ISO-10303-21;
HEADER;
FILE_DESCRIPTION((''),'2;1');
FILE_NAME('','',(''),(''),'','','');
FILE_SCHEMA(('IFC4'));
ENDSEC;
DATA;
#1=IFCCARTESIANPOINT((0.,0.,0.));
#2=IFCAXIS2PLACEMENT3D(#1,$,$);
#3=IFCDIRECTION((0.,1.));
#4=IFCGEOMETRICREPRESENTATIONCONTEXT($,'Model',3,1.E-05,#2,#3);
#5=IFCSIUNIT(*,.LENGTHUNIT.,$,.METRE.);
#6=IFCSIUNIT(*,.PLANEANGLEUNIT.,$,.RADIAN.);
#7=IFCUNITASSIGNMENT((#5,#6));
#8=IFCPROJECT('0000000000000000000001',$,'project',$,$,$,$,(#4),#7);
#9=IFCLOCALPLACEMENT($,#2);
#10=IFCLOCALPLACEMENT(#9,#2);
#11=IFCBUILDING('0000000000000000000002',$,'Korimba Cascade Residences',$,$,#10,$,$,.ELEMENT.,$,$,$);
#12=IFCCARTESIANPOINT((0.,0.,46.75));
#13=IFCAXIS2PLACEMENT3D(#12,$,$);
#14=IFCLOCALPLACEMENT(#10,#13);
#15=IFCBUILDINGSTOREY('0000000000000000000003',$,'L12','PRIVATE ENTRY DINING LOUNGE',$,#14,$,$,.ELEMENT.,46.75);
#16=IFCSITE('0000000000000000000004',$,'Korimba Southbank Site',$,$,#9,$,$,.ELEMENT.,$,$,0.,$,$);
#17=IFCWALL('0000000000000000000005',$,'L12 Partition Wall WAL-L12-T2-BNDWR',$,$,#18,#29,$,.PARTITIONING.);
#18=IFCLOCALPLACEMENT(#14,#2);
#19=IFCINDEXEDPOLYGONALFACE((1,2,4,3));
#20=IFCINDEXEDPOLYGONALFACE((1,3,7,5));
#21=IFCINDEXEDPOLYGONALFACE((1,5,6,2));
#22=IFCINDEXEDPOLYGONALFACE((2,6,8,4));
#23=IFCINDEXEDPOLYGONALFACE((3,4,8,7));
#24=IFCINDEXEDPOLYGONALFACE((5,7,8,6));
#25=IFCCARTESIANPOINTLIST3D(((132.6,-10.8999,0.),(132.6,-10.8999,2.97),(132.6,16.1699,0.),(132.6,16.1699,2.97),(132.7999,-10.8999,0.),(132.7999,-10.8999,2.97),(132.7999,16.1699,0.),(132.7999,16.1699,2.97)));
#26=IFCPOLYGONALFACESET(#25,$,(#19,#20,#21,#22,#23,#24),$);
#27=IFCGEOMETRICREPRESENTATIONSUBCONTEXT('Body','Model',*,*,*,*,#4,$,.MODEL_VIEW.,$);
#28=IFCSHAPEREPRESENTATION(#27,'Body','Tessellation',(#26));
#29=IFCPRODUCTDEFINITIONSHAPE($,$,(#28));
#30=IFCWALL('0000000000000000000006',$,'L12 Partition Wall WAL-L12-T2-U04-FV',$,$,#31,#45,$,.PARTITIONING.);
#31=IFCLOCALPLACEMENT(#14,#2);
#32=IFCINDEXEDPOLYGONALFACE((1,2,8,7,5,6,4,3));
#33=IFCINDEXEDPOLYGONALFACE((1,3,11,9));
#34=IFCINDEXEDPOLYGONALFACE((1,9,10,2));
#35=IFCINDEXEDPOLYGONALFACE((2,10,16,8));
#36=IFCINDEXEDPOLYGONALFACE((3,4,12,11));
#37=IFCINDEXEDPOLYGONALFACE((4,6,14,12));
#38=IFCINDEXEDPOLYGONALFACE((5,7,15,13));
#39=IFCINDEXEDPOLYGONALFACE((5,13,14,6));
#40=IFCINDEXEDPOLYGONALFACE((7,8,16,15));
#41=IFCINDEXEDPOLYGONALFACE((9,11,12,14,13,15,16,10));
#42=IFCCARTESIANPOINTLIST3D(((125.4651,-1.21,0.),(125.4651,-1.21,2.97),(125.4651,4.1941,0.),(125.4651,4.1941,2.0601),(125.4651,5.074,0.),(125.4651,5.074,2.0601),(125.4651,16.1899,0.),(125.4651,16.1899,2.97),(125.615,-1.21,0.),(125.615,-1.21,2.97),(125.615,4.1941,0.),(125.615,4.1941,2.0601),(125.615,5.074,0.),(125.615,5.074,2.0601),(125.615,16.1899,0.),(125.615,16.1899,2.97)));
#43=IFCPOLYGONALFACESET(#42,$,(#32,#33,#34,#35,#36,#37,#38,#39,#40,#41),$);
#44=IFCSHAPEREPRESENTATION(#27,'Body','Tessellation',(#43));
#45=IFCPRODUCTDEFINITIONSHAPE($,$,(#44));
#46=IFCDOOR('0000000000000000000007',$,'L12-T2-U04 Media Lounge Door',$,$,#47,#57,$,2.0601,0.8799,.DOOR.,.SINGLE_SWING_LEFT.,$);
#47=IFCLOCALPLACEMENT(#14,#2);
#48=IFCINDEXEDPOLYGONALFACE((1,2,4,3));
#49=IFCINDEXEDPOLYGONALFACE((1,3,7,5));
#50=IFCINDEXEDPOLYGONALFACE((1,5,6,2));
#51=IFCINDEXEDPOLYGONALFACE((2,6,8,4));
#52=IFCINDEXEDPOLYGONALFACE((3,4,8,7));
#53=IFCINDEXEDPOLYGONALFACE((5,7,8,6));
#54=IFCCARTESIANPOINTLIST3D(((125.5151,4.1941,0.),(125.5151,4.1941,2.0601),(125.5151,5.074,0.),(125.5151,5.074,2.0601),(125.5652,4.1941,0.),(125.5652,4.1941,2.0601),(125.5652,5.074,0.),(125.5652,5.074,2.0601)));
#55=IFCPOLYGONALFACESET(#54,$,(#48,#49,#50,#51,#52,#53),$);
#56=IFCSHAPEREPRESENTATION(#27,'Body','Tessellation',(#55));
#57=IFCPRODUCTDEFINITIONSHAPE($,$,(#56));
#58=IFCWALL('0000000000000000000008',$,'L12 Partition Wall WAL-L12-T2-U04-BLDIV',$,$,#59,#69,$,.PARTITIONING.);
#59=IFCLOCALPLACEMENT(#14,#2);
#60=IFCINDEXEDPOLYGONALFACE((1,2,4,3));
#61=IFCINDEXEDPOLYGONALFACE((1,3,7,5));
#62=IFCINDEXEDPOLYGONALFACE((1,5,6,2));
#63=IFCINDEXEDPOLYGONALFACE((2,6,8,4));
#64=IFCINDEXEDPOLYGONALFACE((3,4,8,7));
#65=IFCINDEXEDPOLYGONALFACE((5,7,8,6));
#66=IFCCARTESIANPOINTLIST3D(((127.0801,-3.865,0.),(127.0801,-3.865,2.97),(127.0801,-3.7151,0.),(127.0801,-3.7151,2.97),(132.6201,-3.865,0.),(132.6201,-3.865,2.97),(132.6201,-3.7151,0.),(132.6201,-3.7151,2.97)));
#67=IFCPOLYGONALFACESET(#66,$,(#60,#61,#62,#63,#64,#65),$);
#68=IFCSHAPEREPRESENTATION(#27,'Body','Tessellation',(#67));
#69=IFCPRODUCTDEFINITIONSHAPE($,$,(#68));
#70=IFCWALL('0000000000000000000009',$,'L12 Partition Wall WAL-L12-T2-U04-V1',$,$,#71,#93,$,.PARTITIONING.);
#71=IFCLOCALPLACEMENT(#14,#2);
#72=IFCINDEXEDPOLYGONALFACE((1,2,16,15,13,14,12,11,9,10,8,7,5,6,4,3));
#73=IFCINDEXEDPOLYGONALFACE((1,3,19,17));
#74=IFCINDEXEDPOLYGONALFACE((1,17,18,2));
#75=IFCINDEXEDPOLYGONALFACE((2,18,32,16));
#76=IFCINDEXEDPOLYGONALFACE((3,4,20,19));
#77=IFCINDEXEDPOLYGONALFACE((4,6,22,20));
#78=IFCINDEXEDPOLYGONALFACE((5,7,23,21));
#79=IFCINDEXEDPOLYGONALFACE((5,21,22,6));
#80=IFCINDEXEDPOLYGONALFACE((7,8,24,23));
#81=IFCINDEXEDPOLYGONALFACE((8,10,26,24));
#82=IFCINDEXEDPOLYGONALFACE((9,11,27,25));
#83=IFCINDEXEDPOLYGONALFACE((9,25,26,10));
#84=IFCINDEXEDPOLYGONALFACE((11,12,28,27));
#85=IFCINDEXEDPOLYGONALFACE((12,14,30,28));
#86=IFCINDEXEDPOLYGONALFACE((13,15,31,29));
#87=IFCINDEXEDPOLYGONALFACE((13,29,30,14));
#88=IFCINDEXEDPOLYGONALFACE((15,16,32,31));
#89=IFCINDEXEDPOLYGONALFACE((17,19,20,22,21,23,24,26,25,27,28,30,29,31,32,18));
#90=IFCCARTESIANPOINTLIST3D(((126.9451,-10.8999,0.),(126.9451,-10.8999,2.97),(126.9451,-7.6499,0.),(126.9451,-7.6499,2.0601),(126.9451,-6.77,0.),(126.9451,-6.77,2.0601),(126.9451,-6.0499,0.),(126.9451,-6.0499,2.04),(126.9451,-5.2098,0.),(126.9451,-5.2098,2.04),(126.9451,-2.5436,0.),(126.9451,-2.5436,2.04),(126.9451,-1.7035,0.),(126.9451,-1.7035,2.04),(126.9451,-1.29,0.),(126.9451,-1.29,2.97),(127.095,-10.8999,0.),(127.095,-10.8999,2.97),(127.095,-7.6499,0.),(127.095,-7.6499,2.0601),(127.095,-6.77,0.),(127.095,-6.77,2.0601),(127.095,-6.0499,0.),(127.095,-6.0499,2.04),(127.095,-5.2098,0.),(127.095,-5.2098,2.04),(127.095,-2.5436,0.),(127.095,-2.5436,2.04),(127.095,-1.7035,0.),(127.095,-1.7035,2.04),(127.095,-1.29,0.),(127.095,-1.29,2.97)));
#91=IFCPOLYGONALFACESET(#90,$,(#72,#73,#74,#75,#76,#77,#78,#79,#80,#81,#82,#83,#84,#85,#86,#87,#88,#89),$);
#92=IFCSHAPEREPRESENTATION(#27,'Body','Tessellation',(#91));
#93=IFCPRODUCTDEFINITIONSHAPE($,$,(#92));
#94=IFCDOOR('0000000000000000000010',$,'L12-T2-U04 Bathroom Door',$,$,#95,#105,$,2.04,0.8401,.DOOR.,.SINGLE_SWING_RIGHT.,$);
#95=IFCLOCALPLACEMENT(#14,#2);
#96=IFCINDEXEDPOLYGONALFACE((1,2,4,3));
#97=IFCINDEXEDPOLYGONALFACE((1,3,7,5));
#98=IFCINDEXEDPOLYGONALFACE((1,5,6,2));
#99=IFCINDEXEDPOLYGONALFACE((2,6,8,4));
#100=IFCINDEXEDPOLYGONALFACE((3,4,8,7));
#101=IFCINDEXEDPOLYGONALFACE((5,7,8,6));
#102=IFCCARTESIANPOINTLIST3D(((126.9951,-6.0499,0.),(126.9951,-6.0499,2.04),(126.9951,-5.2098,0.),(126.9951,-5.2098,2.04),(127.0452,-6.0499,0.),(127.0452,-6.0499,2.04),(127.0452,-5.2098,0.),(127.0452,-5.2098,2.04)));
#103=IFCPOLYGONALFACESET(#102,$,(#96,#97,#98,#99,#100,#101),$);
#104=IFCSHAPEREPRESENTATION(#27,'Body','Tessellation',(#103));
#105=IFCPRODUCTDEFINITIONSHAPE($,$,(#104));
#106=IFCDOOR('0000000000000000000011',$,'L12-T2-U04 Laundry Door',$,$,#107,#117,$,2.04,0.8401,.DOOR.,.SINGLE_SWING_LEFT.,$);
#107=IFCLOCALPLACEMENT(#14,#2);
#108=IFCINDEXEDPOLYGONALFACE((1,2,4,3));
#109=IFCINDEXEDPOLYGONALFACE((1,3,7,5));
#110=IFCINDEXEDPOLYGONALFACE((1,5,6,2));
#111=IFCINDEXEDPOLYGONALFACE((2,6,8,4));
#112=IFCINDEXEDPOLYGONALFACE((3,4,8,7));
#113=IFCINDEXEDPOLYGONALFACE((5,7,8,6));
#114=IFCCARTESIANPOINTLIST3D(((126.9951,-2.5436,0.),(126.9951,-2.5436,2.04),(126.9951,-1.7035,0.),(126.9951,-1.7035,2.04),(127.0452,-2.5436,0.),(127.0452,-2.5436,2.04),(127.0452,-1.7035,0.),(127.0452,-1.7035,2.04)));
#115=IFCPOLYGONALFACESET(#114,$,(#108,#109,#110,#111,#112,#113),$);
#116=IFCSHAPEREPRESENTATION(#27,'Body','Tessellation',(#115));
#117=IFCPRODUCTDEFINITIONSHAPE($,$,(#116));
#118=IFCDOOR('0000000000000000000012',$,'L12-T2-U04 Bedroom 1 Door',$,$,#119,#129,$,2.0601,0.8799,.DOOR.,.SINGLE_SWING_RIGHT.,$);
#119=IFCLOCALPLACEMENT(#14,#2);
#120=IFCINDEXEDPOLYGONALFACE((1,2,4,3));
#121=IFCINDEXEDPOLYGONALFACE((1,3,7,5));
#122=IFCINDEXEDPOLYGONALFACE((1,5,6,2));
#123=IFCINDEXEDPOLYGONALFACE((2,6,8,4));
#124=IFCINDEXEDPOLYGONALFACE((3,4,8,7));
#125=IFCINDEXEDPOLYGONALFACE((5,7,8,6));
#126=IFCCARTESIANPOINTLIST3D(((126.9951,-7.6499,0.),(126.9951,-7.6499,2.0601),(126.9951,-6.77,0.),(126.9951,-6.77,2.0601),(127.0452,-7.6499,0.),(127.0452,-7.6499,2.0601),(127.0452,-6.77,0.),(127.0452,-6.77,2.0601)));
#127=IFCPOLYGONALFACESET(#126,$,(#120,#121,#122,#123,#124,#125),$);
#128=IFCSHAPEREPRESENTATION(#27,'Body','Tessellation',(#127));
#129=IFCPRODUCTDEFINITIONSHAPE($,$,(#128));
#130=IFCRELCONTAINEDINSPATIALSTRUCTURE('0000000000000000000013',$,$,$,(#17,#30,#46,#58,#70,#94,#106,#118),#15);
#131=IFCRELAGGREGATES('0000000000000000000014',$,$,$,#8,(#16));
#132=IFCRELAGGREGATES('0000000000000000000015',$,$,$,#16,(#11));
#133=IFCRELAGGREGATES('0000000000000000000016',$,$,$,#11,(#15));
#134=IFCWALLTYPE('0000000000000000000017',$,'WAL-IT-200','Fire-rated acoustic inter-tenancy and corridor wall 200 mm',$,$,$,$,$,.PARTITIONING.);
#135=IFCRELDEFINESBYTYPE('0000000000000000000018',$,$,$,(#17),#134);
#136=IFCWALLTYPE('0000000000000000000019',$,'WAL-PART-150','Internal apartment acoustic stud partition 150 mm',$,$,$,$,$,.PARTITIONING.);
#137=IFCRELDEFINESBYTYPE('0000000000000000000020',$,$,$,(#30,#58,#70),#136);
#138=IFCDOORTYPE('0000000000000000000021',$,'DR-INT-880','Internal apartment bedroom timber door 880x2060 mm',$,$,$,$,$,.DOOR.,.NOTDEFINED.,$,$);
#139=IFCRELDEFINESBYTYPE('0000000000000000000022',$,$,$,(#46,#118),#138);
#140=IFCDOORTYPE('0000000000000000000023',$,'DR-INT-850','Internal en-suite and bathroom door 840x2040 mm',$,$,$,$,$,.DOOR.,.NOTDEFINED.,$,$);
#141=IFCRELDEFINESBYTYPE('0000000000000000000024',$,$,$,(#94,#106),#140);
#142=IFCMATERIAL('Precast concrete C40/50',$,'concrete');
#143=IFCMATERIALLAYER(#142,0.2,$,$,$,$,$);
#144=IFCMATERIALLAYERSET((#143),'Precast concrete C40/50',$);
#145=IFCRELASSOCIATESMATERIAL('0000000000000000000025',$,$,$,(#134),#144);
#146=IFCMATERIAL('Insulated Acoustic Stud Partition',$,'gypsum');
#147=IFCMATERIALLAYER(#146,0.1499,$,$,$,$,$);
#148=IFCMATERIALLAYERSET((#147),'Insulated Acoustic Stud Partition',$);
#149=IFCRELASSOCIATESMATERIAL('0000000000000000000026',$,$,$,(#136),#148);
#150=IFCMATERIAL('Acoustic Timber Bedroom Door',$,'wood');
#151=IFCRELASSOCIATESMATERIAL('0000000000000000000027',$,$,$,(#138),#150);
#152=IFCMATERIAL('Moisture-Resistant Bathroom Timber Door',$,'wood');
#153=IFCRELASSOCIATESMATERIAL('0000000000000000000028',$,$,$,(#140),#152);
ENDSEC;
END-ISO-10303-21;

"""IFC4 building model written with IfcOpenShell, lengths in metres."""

from ifc_helpers import new_model, si_unit, direction, frame, frame_2d, origin, place, context, subcontext, project, spatial, rectangle, extrude, material, layer, layer_set, type_object, element, fill, save


model = new_model("IFC4")

# Units and contexts
model_context = context("Model", 3, precision=1e-05, world=origin(), true_north=direction((0.0, 1.0)))
body_context = subcontext(model_context, "Body", "Model", "MODEL_VIEW")
ifc_project = project(units=[si_unit("LENGTHUNIT", "METRE"), si_unit("PLANEANGLEUNIT", "RADIAN")], contexts=[model_context])

# Site, building, storey
site_placement = place(None, origin())
site = spatial("IfcSite", under=ifc_project, at=site_placement, Name="Korimba Southbank Site", CompositionType="ELEMENT", RefElevation=0.0)
building_placement = place(site_placement, origin())
building = spatial("IfcBuilding", under=site, at=building_placement, Name="Korimba Cascade Residences", CompositionType="ELEMENT")
storey_placement = place(building_placement, frame((0.0, 0.0, 46.75)))
storey = spatial("IfcBuildingStorey", under=building, at=storey_placement, Name="L12", Description="PRIVATE ENTRY DINING LOUNGE", CompositionType="ELEMENT", Elevation=46.75)

# Shared definitions
ifc_material_1 = material(Name="Precast concrete C40/50", Category="concrete")

# Wall
ifc_layer_1 = layer(ifc_material_1, 0.2)
ifc_layer_set_1 = layer_set([ifc_layer_1], Name="Precast concrete C40/50")
wall_type_1 = type_object("IfcWallType", Name="WAL-IT-200", Description="Fire-rated acoustic inter-tenancy and corridor wall 200 mm", PredefinedType="PARTITIONING", material=ifc_layer_set_1)
wall_1_placement = place(storey_placement, frame((132.7, -10.8999, 0.0), z_axis=(0.0, 0.0, 1.0), x_axis=(0.0, 1.0, 0.0)))
element("IfcWall", 1, at=wall_1_placement, inside=storey, type_object=wall_type_1, Name="L12 Partition Wall WAL-L12-T2-BNDWR", PredefinedType="PARTITIONING", context=body_context, shape_type="SweptSolid", body=[
    extrude(rectangle(XDim=27.0698, YDim=0.2, at=frame_2d((13.5349, 0.0))), origin(), (0.0, 0.0, 1.0), 2.97),
])

# Wall, opening, door
ifc_material_2 = material(Name="Insulated Acoustic Stud Partition", Category="gypsum")
ifc_layer_2 = layer(ifc_material_2, 0.1499)
ifc_layer_set_2 = layer_set([ifc_layer_2], Name="Insulated Acoustic Stud Partition")
wall_type_2 = type_object("IfcWallType", Name="WAL-PART-150", Description="Internal apartment acoustic stud partition 150 mm", PredefinedType="PARTITIONING", material=ifc_layer_set_2)
wall_2_placement = place(storey_placement, frame((125.54, -1.21, 0.0), z_axis=(0.0, 0.0, 1.0), x_axis=(0.0, 1.0, 0.0)))
wall_2 = element("IfcWall", 2, at=wall_2_placement, inside=storey, type_object=wall_type_2, Name="L12 Partition Wall WAL-L12-T2-U04-FV", PredefinedType="PARTITIONING", context=body_context, shape_type="SweptSolid", body=[
    extrude(rectangle(XDim=17.3999, YDim=0.1499, at=frame_2d((8.7, 0.0))), origin(), (0.0, 0.0, 1.0), 2.97),
])
opening_1_placement = place(wall_2_placement, frame((5.4041, 0.0, 0.0)))
opening_1 = element("IfcOpeningElement", 3, at=opening_1_placement, cuts=wall_2, PredefinedType="OPENING", context=body_context, shape_type="SweptSolid", body=[
    extrude(rectangle(XDim=0.8799, YDim=2.0601, at=frame_2d((0.4399, 1.03))), frame((0.0, 0.085, 0.0), z_axis=(0.0, -1.0, 0.0), x_axis=(1.0, 0.0, 0.0)), (0.0, 0.0, 1.0), 0.1699),
])
ifc_material_3 = material(Name="Acoustic Timber Bedroom Door", Category="wood")
door_type_1 = type_object("IfcDoorType", Name="DR-INT-880", Description="Internal apartment bedroom timber door 880x2060 mm", OperationType="NOTDEFINED", PredefinedType="DOOR", material=ifc_material_3)
door_1_placement = place(opening_1_placement, origin())
door_1 = element("IfcDoor", 4, at=door_1_placement, inside=storey, type_object=door_type_1, Name="L12-T2-U04 Media Lounge Door", OperationType="SINGLE_SWING_LEFT", OverallHeight=2.0601, OverallWidth=0.8799, PredefinedType="DOOR", context=body_context, shape_type="SweptSolid", body=[
    extrude(rectangle(XDim=0.8799, YDim=2.0601, at=frame_2d((0.4399, 1.03))), frame((0.0, 0.0249, 0.0), z_axis=(0.0, -1.0, 0.0), x_axis=(1.0, 0.0, 0.0)), (0.0, 0.0, 1.0), 0.05),
])
fill(opening_1, door_1)

# Wall
wall_3_placement = place(storey_placement, frame((127.0801, -3.79, 0.0), z_axis=(0.0, 0.0, 1.0), x_axis=(1.0, 0.0, 0.0)))
element("IfcWall", 5, at=wall_3_placement, inside=storey, type_object=wall_type_2, Name="L12 Partition Wall WAL-L12-T2-U04-BLDIV", PredefinedType="PARTITIONING", context=body_context, shape_type="SweptSolid", body=[
    extrude(rectangle(XDim=5.54, YDim=0.1499, at=frame_2d((2.77, 0.0))), origin(), (0.0, 0.0, 1.0), 2.97),
])

# Wall, openings, doors
wall_4_placement = place(storey_placement, frame((127.02, -10.8999, 0.0), z_axis=(0.0, 0.0, 1.0), x_axis=(0.0, 1.0, 0.0)))
wall_4 = element("IfcWall", 6, at=wall_4_placement, inside=storey, type_object=wall_type_2, Name="L12 Partition Wall WAL-L12-T2-U04-V1", PredefinedType="PARTITIONING", context=body_context, shape_type="SweptSolid", body=[
    extrude(rectangle(XDim=9.6099, YDim=0.1499, at=frame_2d((4.8049, 0.0))), origin(), (0.0, 0.0, 1.0), 2.97),
])
opening_2_placement = place(wall_4_placement, frame((4.8501, 0.0, 0.0)))
opening_2 = element("IfcOpeningElement", 7, at=opening_2_placement, cuts=wall_4, PredefinedType="OPENING", context=body_context, shape_type="SweptSolid", body=[
    extrude(rectangle(XDim=0.8401, YDim=2.04, at=frame_2d((0.4199, 1.02))), frame((0.0, 0.085, 0.0), z_axis=(0.0, -1.0, 0.0), x_axis=(1.0, 0.0, 0.0)), (0.0, 0.0, 1.0), 0.1699),
])
opening_3_placement = place(wall_4_placement, frame((8.3564, 0.0, 0.0)))
opening_3 = element("IfcOpeningElement", 8, at=opening_3_placement, cuts=wall_4, PredefinedType="OPENING", context=body_context, shape_type="SweptSolid", body=[
    extrude(rectangle(XDim=0.8401, YDim=2.04, at=frame_2d((0.4199, 1.02))), frame((0.0, 0.085, 0.0), z_axis=(0.0, -1.0, 0.0), x_axis=(1.0, 0.0, 0.0)), (0.0, 0.0, 1.0), 0.1699),
])
opening_4_placement = place(wall_4_placement, frame((3.25, 0.0, 0.0)))
opening_4 = element("IfcOpeningElement", 9, at=opening_4_placement, cuts=wall_4, PredefinedType="OPENING", context=body_context, shape_type="SweptSolid", body=[
    extrude(rectangle(XDim=0.8799, YDim=2.0601, at=frame_2d((0.4399, 1.03))), frame((0.0, 0.085, 0.0), z_axis=(0.0, -1.0, 0.0), x_axis=(1.0, 0.0, 0.0)), (0.0, 0.0, 1.0), 0.1699),
])
ifc_material_4 = material(Name="Moisture-Resistant Bathroom Timber Door", Category="wood")
door_type_2 = type_object("IfcDoorType", Name="DR-INT-850", Description="Internal en-suite and bathroom door 840x2040 mm", OperationType="NOTDEFINED", PredefinedType="DOOR", material=ifc_material_4)
door_2_placement = place(opening_2_placement, origin())
door_2 = element("IfcDoor", 10, at=door_2_placement, inside=storey, type_object=door_type_2, Name="L12-T2-U04 Bathroom Door", OperationType="SINGLE_SWING_RIGHT", OverallHeight=2.04, OverallWidth=0.8401, PredefinedType="DOOR", context=body_context, shape_type="SweptSolid", body=[
    extrude(rectangle(XDim=0.8401, YDim=2.04, at=frame_2d((0.4199, 1.02))), frame((0.0, 0.0249, 0.0), z_axis=(0.0, -1.0, 0.0), x_axis=(1.0, 0.0, 0.0)), (0.0, 0.0, 1.0), 0.05),
])
fill(opening_2, door_2)
door_3_placement = place(opening_3_placement, origin())
door_3 = element("IfcDoor", 11, at=door_3_placement, inside=storey, type_object=door_type_2, Name="L12-T2-U04 Laundry Door", OperationType="SINGLE_SWING_LEFT", OverallHeight=2.04, OverallWidth=0.8401, PredefinedType="DOOR", context=body_context, shape_type="SweptSolid", body=[
    extrude(rectangle(XDim=0.8401, YDim=2.04, at=frame_2d((0.4199, 1.02))), frame((0.0, 0.0249, 0.0), z_axis=(0.0, -1.0, 0.0), x_axis=(1.0, 0.0, 0.0)), (0.0, 0.0, 1.0), 0.05),
])
fill(opening_3, door_3)
door_4_placement = place(opening_4_placement, origin())
door_4 = element("IfcDoor", 12, at=door_4_placement, inside=storey, type_object=door_type_1, Name="L12-T2-U04 Bedroom 1 Door", OperationType="SINGLE_SWING_RIGHT", OverallHeight=2.0601, OverallWidth=0.8799, PredefinedType="DOOR", context=body_context, shape_type="SweptSolid", body=[
    extrude(rectangle(XDim=0.8799, YDim=2.0601, at=frame_2d((0.4399, 1.03))), frame((0.0, 0.0249, 0.0), z_axis=(0.0, -1.0, 0.0), x_axis=(1.0, 0.0, 0.0)), (0.0, 0.0, 1.0), 0.05),
])
fill(opening_4, door_4)

save(model, "model.ifc")
